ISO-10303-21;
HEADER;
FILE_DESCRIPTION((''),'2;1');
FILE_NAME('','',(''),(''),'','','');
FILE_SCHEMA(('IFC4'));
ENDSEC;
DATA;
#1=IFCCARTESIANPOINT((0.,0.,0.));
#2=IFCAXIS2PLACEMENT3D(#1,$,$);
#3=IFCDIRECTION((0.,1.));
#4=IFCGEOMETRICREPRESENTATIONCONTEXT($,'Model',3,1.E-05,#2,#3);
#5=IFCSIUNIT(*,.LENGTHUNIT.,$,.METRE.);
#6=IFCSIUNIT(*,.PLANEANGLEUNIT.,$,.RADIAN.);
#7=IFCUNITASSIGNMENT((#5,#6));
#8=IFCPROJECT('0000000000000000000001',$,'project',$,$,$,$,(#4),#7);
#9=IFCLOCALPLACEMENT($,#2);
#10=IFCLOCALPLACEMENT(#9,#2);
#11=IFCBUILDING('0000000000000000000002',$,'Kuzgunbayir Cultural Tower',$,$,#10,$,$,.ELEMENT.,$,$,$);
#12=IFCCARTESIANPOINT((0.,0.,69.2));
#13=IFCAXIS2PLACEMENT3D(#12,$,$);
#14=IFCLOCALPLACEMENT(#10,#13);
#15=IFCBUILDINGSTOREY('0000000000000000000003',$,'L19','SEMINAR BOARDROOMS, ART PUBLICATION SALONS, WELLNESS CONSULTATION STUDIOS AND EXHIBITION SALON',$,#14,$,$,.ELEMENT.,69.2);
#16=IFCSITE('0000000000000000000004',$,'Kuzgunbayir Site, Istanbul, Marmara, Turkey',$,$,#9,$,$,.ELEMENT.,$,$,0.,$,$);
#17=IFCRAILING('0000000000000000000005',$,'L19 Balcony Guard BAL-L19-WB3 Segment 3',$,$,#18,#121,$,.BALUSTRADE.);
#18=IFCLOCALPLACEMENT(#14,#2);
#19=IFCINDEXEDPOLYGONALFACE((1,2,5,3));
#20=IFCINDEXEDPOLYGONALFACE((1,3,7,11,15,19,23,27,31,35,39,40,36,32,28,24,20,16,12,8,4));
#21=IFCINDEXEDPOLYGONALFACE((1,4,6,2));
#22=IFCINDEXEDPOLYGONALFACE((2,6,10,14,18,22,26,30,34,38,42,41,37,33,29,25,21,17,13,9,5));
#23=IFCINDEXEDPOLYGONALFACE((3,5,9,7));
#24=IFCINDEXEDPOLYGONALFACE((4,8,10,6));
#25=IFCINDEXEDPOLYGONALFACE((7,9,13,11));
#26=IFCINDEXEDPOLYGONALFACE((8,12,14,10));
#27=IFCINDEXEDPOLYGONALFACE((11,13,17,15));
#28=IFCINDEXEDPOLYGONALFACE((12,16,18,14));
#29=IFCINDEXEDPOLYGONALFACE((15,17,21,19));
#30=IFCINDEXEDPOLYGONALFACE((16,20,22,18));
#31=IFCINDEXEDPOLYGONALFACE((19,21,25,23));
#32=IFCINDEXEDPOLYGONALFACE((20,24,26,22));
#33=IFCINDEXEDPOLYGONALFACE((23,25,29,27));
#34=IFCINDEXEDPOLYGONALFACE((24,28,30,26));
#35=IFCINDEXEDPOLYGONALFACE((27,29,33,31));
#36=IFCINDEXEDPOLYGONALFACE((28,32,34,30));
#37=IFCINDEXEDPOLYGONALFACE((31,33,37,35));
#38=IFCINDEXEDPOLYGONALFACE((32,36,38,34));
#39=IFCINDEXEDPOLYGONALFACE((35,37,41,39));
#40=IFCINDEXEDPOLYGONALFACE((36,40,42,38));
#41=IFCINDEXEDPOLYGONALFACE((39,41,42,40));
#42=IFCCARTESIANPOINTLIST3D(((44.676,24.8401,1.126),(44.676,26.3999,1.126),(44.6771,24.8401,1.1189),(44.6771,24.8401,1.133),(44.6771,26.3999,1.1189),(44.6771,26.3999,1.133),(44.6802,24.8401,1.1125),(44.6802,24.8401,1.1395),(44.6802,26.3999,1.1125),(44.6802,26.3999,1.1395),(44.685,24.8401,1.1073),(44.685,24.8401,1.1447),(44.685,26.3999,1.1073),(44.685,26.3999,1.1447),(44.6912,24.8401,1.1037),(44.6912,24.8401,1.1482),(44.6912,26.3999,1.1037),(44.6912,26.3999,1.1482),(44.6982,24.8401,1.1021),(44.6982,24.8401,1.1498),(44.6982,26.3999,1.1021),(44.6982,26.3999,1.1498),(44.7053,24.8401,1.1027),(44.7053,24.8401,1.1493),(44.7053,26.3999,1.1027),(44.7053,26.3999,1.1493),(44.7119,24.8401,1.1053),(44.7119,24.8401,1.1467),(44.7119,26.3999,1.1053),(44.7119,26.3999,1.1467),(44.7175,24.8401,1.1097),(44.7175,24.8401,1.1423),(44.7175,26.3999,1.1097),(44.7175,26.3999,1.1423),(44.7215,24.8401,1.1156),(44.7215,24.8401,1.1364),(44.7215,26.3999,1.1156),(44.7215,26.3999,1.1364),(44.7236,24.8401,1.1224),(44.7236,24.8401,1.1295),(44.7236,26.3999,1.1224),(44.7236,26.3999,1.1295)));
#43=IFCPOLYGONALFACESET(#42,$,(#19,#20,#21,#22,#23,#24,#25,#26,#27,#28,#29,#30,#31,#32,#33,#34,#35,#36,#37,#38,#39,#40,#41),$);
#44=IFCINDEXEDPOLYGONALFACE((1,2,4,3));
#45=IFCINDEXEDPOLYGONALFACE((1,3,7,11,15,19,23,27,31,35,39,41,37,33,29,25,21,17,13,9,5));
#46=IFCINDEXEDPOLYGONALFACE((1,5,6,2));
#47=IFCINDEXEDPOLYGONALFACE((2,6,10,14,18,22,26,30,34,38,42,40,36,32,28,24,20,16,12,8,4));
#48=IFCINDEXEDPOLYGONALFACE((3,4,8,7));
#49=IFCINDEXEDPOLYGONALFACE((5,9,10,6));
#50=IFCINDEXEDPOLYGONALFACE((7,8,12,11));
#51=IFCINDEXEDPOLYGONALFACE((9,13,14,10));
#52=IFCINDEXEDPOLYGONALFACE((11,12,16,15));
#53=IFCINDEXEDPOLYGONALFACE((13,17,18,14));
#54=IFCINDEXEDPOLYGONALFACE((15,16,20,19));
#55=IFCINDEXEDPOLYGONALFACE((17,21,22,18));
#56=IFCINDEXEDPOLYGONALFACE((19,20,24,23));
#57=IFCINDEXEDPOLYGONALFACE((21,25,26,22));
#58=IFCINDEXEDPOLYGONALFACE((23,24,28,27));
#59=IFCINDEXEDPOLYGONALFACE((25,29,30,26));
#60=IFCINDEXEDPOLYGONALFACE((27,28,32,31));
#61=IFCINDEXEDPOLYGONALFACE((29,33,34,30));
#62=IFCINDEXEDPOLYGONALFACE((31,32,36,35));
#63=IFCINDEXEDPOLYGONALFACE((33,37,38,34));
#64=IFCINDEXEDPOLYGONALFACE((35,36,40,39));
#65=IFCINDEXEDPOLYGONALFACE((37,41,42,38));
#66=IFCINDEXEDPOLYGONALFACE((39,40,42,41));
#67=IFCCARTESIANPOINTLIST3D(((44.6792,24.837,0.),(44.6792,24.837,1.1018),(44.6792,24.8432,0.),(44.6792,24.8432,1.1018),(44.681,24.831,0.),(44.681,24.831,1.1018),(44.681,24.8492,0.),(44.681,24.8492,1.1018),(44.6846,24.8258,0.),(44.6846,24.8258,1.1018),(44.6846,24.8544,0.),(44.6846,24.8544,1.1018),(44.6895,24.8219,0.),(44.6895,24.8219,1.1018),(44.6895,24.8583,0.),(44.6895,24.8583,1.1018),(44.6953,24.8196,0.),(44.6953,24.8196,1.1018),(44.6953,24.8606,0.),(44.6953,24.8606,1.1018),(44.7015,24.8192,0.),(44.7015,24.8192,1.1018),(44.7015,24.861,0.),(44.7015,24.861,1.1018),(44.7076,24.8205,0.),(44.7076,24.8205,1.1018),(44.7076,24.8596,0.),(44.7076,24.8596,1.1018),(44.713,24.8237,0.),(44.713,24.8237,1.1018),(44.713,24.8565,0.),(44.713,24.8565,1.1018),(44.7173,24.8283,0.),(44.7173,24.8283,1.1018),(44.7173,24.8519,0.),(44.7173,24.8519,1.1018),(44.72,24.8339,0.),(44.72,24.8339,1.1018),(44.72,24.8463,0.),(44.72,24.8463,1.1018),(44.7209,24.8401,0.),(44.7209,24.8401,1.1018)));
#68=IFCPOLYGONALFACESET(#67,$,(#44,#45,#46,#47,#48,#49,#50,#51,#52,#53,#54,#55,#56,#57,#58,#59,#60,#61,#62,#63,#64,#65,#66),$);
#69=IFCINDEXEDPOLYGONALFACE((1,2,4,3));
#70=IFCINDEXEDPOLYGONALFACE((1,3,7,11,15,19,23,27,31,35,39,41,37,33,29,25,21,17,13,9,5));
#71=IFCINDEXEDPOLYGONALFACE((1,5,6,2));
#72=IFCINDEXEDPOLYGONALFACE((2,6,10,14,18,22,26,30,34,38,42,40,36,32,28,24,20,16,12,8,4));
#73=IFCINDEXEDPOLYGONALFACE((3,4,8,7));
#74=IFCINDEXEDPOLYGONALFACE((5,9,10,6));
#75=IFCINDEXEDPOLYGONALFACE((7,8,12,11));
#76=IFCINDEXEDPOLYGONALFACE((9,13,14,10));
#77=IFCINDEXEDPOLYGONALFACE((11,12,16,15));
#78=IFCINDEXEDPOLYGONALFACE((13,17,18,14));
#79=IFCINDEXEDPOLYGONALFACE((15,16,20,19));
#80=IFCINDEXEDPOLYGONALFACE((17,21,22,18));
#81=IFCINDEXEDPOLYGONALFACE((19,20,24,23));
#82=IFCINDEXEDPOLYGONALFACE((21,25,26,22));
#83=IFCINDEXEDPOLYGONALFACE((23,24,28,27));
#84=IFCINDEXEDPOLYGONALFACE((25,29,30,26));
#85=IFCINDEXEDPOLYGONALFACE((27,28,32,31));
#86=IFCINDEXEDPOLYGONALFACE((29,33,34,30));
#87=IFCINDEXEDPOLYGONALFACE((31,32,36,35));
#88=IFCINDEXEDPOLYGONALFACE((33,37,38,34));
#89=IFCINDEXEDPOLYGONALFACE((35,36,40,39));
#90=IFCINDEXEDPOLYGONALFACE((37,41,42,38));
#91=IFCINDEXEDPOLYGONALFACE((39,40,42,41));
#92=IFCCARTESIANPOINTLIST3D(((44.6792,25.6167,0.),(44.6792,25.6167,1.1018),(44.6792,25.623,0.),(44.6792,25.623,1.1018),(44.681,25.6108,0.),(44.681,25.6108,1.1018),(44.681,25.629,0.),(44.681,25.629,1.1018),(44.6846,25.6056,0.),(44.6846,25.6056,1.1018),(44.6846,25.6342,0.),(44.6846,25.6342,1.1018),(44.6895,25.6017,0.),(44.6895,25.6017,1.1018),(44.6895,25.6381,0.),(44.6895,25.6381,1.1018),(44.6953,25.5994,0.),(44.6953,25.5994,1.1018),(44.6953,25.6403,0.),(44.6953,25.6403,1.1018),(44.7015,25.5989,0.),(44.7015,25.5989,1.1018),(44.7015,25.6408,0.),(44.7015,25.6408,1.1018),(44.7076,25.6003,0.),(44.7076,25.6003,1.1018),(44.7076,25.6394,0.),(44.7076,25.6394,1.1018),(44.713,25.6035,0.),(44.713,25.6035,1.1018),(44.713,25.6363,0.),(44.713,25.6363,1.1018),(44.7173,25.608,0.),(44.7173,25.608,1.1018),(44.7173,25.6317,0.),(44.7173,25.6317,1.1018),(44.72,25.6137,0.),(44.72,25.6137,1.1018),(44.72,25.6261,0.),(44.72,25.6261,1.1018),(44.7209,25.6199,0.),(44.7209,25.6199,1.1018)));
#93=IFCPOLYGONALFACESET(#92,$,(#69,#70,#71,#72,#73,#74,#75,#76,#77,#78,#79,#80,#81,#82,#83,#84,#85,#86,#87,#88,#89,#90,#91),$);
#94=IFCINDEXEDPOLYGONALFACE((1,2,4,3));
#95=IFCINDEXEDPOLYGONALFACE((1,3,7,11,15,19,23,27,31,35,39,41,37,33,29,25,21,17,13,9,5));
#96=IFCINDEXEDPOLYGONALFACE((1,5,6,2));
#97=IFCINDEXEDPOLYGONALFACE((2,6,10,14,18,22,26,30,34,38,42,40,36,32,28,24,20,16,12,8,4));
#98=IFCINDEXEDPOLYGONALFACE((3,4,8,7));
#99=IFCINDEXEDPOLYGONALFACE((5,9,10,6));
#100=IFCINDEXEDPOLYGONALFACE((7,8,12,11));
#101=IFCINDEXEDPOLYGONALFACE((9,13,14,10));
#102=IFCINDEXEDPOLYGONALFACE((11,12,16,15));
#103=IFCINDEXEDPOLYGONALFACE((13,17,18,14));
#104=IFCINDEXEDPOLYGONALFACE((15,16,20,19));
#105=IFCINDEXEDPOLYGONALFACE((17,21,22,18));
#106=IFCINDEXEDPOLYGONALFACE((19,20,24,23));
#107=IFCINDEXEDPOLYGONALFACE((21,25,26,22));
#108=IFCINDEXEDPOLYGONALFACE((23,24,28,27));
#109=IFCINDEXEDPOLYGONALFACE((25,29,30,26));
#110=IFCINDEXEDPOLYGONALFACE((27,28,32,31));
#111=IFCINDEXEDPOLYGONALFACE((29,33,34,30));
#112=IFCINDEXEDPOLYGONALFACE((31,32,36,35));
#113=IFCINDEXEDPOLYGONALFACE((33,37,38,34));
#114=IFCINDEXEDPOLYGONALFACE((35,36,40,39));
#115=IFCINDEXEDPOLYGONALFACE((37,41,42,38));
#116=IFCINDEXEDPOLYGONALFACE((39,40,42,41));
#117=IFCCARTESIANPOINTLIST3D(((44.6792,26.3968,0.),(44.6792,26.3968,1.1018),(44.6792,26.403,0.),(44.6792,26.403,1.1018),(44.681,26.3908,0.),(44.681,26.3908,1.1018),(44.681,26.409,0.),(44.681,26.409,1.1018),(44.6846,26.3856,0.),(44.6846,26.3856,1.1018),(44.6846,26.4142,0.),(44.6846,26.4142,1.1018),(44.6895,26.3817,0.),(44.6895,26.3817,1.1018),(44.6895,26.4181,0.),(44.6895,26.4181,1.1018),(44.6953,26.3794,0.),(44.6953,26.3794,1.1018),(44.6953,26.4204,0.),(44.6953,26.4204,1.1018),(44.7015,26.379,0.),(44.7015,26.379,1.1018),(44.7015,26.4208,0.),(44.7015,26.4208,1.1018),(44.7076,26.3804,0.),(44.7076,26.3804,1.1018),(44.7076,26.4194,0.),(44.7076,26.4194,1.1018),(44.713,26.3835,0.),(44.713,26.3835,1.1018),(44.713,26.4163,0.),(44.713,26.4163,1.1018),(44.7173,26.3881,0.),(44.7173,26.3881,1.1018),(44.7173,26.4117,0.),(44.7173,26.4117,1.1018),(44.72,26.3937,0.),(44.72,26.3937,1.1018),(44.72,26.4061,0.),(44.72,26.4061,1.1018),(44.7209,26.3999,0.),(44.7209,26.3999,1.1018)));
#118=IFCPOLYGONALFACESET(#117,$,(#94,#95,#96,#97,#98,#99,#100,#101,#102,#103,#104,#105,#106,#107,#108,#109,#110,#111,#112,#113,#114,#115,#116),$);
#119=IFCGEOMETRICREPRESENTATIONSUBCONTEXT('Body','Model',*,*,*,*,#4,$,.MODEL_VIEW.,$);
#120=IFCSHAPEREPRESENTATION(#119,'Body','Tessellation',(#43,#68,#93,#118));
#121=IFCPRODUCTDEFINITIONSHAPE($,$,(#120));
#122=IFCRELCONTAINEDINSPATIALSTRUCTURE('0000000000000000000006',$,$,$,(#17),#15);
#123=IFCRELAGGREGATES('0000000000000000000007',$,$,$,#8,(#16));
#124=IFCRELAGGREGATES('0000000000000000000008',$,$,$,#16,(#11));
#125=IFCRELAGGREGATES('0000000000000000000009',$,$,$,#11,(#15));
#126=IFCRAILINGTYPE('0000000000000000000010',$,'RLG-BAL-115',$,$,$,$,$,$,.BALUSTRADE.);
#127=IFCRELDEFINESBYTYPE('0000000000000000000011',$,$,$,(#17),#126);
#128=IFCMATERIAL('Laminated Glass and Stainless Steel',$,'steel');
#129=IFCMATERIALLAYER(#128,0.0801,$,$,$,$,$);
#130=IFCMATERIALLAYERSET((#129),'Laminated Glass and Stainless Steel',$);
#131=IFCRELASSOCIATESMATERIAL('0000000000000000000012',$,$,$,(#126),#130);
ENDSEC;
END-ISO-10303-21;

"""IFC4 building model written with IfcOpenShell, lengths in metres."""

from ifc_helpers import new_model, si_unit, direction, frame, origin, origin_2d, place, context, subcontext, project, spatial, circle, extrude, material, layer, layer_set, type_object, element, save


model = new_model("IFC4")

# Units and contexts
model_context = context("Model", 3, precision=1e-05, world=origin(), true_north=direction((0.0, 1.0)))
body_context = subcontext(model_context, "Body", "Model", "MODEL_VIEW")
ifc_project = project(units=[si_unit("LENGTHUNIT", "METRE"), si_unit("PLANEANGLEUNIT", "RADIAN")], contexts=[model_context])

# Site, building, storey
site_placement = place(None, origin())
site = spatial("IfcSite", under=ifc_project, at=site_placement, Name="Kuzgunbayir Site, Istanbul, Marmara, Turkey", CompositionType="ELEMENT", RefElevation=0.0)
building_placement = place(site_placement, origin())
building = spatial("IfcBuilding", under=site, at=building_placement, Name="Kuzgunbayir Cultural Tower", CompositionType="ELEMENT")
storey_placement = place(building_placement, frame((0.0, 0.0, 69.2)))
storey = spatial("IfcBuildingStorey", under=building, at=storey_placement, Name="L19", Description="SEMINAR BOARDROOMS, ART PUBLICATION SALONS, WELLNESS CONSULTATION STUDIOS AND EXHIBITION SALON", CompositionType="ELEMENT", Elevation=69.2)

# Railing
ifc_material_1 = material(Name="Laminated Glass and Stainless Steel", Category="steel")
ifc_layer_1 = layer(ifc_material_1, 0.0801)
ifc_layer_set_1 = layer_set([ifc_layer_1], Name="Laminated Glass and Stainless Steel")
railing_type = type_object("IfcRailingType", Name="RLG-BAL-115", PredefinedType="BALUSTRADE", material=ifc_layer_set_1)
railing_1_placement = place(storey_placement, frame((44.7, 24.8401, 0.0)))
element("IfcRailing", 1, at=railing_1_placement, inside=storey, type_object=railing_type, Name="L19 Balcony Guard BAL-L19-WB3 Segment 3", PredefinedType="BALUSTRADE", context=body_context, shape_type="SweptSolid", body=[
    extrude(circle(Radius=0.0239, at=origin_2d()), frame((0.0, 0.0, 1.126), z_axis=(0.0, 1.0, 0.0), x_axis=(-1.0, 0.0, 0.0)), (0.0, 0.0, 1.0), 1.5598),
    extrude(circle(Radius=0.021, at=origin_2d()), origin(), (0.0, 0.0, 1.0), 1.1018),
    extrude(circle(Radius=0.021, at=origin_2d()), frame((0.0, 0.7798, 0.0)), (0.0, 0.0, 1.0), 1.1018),
    extrude(circle(Radius=0.021, at=origin_2d()), frame((0.0, 1.5598, 0.0)), (0.0, 0.0, 1.0), 1.1018),
])

save(model, "model.ifc")
